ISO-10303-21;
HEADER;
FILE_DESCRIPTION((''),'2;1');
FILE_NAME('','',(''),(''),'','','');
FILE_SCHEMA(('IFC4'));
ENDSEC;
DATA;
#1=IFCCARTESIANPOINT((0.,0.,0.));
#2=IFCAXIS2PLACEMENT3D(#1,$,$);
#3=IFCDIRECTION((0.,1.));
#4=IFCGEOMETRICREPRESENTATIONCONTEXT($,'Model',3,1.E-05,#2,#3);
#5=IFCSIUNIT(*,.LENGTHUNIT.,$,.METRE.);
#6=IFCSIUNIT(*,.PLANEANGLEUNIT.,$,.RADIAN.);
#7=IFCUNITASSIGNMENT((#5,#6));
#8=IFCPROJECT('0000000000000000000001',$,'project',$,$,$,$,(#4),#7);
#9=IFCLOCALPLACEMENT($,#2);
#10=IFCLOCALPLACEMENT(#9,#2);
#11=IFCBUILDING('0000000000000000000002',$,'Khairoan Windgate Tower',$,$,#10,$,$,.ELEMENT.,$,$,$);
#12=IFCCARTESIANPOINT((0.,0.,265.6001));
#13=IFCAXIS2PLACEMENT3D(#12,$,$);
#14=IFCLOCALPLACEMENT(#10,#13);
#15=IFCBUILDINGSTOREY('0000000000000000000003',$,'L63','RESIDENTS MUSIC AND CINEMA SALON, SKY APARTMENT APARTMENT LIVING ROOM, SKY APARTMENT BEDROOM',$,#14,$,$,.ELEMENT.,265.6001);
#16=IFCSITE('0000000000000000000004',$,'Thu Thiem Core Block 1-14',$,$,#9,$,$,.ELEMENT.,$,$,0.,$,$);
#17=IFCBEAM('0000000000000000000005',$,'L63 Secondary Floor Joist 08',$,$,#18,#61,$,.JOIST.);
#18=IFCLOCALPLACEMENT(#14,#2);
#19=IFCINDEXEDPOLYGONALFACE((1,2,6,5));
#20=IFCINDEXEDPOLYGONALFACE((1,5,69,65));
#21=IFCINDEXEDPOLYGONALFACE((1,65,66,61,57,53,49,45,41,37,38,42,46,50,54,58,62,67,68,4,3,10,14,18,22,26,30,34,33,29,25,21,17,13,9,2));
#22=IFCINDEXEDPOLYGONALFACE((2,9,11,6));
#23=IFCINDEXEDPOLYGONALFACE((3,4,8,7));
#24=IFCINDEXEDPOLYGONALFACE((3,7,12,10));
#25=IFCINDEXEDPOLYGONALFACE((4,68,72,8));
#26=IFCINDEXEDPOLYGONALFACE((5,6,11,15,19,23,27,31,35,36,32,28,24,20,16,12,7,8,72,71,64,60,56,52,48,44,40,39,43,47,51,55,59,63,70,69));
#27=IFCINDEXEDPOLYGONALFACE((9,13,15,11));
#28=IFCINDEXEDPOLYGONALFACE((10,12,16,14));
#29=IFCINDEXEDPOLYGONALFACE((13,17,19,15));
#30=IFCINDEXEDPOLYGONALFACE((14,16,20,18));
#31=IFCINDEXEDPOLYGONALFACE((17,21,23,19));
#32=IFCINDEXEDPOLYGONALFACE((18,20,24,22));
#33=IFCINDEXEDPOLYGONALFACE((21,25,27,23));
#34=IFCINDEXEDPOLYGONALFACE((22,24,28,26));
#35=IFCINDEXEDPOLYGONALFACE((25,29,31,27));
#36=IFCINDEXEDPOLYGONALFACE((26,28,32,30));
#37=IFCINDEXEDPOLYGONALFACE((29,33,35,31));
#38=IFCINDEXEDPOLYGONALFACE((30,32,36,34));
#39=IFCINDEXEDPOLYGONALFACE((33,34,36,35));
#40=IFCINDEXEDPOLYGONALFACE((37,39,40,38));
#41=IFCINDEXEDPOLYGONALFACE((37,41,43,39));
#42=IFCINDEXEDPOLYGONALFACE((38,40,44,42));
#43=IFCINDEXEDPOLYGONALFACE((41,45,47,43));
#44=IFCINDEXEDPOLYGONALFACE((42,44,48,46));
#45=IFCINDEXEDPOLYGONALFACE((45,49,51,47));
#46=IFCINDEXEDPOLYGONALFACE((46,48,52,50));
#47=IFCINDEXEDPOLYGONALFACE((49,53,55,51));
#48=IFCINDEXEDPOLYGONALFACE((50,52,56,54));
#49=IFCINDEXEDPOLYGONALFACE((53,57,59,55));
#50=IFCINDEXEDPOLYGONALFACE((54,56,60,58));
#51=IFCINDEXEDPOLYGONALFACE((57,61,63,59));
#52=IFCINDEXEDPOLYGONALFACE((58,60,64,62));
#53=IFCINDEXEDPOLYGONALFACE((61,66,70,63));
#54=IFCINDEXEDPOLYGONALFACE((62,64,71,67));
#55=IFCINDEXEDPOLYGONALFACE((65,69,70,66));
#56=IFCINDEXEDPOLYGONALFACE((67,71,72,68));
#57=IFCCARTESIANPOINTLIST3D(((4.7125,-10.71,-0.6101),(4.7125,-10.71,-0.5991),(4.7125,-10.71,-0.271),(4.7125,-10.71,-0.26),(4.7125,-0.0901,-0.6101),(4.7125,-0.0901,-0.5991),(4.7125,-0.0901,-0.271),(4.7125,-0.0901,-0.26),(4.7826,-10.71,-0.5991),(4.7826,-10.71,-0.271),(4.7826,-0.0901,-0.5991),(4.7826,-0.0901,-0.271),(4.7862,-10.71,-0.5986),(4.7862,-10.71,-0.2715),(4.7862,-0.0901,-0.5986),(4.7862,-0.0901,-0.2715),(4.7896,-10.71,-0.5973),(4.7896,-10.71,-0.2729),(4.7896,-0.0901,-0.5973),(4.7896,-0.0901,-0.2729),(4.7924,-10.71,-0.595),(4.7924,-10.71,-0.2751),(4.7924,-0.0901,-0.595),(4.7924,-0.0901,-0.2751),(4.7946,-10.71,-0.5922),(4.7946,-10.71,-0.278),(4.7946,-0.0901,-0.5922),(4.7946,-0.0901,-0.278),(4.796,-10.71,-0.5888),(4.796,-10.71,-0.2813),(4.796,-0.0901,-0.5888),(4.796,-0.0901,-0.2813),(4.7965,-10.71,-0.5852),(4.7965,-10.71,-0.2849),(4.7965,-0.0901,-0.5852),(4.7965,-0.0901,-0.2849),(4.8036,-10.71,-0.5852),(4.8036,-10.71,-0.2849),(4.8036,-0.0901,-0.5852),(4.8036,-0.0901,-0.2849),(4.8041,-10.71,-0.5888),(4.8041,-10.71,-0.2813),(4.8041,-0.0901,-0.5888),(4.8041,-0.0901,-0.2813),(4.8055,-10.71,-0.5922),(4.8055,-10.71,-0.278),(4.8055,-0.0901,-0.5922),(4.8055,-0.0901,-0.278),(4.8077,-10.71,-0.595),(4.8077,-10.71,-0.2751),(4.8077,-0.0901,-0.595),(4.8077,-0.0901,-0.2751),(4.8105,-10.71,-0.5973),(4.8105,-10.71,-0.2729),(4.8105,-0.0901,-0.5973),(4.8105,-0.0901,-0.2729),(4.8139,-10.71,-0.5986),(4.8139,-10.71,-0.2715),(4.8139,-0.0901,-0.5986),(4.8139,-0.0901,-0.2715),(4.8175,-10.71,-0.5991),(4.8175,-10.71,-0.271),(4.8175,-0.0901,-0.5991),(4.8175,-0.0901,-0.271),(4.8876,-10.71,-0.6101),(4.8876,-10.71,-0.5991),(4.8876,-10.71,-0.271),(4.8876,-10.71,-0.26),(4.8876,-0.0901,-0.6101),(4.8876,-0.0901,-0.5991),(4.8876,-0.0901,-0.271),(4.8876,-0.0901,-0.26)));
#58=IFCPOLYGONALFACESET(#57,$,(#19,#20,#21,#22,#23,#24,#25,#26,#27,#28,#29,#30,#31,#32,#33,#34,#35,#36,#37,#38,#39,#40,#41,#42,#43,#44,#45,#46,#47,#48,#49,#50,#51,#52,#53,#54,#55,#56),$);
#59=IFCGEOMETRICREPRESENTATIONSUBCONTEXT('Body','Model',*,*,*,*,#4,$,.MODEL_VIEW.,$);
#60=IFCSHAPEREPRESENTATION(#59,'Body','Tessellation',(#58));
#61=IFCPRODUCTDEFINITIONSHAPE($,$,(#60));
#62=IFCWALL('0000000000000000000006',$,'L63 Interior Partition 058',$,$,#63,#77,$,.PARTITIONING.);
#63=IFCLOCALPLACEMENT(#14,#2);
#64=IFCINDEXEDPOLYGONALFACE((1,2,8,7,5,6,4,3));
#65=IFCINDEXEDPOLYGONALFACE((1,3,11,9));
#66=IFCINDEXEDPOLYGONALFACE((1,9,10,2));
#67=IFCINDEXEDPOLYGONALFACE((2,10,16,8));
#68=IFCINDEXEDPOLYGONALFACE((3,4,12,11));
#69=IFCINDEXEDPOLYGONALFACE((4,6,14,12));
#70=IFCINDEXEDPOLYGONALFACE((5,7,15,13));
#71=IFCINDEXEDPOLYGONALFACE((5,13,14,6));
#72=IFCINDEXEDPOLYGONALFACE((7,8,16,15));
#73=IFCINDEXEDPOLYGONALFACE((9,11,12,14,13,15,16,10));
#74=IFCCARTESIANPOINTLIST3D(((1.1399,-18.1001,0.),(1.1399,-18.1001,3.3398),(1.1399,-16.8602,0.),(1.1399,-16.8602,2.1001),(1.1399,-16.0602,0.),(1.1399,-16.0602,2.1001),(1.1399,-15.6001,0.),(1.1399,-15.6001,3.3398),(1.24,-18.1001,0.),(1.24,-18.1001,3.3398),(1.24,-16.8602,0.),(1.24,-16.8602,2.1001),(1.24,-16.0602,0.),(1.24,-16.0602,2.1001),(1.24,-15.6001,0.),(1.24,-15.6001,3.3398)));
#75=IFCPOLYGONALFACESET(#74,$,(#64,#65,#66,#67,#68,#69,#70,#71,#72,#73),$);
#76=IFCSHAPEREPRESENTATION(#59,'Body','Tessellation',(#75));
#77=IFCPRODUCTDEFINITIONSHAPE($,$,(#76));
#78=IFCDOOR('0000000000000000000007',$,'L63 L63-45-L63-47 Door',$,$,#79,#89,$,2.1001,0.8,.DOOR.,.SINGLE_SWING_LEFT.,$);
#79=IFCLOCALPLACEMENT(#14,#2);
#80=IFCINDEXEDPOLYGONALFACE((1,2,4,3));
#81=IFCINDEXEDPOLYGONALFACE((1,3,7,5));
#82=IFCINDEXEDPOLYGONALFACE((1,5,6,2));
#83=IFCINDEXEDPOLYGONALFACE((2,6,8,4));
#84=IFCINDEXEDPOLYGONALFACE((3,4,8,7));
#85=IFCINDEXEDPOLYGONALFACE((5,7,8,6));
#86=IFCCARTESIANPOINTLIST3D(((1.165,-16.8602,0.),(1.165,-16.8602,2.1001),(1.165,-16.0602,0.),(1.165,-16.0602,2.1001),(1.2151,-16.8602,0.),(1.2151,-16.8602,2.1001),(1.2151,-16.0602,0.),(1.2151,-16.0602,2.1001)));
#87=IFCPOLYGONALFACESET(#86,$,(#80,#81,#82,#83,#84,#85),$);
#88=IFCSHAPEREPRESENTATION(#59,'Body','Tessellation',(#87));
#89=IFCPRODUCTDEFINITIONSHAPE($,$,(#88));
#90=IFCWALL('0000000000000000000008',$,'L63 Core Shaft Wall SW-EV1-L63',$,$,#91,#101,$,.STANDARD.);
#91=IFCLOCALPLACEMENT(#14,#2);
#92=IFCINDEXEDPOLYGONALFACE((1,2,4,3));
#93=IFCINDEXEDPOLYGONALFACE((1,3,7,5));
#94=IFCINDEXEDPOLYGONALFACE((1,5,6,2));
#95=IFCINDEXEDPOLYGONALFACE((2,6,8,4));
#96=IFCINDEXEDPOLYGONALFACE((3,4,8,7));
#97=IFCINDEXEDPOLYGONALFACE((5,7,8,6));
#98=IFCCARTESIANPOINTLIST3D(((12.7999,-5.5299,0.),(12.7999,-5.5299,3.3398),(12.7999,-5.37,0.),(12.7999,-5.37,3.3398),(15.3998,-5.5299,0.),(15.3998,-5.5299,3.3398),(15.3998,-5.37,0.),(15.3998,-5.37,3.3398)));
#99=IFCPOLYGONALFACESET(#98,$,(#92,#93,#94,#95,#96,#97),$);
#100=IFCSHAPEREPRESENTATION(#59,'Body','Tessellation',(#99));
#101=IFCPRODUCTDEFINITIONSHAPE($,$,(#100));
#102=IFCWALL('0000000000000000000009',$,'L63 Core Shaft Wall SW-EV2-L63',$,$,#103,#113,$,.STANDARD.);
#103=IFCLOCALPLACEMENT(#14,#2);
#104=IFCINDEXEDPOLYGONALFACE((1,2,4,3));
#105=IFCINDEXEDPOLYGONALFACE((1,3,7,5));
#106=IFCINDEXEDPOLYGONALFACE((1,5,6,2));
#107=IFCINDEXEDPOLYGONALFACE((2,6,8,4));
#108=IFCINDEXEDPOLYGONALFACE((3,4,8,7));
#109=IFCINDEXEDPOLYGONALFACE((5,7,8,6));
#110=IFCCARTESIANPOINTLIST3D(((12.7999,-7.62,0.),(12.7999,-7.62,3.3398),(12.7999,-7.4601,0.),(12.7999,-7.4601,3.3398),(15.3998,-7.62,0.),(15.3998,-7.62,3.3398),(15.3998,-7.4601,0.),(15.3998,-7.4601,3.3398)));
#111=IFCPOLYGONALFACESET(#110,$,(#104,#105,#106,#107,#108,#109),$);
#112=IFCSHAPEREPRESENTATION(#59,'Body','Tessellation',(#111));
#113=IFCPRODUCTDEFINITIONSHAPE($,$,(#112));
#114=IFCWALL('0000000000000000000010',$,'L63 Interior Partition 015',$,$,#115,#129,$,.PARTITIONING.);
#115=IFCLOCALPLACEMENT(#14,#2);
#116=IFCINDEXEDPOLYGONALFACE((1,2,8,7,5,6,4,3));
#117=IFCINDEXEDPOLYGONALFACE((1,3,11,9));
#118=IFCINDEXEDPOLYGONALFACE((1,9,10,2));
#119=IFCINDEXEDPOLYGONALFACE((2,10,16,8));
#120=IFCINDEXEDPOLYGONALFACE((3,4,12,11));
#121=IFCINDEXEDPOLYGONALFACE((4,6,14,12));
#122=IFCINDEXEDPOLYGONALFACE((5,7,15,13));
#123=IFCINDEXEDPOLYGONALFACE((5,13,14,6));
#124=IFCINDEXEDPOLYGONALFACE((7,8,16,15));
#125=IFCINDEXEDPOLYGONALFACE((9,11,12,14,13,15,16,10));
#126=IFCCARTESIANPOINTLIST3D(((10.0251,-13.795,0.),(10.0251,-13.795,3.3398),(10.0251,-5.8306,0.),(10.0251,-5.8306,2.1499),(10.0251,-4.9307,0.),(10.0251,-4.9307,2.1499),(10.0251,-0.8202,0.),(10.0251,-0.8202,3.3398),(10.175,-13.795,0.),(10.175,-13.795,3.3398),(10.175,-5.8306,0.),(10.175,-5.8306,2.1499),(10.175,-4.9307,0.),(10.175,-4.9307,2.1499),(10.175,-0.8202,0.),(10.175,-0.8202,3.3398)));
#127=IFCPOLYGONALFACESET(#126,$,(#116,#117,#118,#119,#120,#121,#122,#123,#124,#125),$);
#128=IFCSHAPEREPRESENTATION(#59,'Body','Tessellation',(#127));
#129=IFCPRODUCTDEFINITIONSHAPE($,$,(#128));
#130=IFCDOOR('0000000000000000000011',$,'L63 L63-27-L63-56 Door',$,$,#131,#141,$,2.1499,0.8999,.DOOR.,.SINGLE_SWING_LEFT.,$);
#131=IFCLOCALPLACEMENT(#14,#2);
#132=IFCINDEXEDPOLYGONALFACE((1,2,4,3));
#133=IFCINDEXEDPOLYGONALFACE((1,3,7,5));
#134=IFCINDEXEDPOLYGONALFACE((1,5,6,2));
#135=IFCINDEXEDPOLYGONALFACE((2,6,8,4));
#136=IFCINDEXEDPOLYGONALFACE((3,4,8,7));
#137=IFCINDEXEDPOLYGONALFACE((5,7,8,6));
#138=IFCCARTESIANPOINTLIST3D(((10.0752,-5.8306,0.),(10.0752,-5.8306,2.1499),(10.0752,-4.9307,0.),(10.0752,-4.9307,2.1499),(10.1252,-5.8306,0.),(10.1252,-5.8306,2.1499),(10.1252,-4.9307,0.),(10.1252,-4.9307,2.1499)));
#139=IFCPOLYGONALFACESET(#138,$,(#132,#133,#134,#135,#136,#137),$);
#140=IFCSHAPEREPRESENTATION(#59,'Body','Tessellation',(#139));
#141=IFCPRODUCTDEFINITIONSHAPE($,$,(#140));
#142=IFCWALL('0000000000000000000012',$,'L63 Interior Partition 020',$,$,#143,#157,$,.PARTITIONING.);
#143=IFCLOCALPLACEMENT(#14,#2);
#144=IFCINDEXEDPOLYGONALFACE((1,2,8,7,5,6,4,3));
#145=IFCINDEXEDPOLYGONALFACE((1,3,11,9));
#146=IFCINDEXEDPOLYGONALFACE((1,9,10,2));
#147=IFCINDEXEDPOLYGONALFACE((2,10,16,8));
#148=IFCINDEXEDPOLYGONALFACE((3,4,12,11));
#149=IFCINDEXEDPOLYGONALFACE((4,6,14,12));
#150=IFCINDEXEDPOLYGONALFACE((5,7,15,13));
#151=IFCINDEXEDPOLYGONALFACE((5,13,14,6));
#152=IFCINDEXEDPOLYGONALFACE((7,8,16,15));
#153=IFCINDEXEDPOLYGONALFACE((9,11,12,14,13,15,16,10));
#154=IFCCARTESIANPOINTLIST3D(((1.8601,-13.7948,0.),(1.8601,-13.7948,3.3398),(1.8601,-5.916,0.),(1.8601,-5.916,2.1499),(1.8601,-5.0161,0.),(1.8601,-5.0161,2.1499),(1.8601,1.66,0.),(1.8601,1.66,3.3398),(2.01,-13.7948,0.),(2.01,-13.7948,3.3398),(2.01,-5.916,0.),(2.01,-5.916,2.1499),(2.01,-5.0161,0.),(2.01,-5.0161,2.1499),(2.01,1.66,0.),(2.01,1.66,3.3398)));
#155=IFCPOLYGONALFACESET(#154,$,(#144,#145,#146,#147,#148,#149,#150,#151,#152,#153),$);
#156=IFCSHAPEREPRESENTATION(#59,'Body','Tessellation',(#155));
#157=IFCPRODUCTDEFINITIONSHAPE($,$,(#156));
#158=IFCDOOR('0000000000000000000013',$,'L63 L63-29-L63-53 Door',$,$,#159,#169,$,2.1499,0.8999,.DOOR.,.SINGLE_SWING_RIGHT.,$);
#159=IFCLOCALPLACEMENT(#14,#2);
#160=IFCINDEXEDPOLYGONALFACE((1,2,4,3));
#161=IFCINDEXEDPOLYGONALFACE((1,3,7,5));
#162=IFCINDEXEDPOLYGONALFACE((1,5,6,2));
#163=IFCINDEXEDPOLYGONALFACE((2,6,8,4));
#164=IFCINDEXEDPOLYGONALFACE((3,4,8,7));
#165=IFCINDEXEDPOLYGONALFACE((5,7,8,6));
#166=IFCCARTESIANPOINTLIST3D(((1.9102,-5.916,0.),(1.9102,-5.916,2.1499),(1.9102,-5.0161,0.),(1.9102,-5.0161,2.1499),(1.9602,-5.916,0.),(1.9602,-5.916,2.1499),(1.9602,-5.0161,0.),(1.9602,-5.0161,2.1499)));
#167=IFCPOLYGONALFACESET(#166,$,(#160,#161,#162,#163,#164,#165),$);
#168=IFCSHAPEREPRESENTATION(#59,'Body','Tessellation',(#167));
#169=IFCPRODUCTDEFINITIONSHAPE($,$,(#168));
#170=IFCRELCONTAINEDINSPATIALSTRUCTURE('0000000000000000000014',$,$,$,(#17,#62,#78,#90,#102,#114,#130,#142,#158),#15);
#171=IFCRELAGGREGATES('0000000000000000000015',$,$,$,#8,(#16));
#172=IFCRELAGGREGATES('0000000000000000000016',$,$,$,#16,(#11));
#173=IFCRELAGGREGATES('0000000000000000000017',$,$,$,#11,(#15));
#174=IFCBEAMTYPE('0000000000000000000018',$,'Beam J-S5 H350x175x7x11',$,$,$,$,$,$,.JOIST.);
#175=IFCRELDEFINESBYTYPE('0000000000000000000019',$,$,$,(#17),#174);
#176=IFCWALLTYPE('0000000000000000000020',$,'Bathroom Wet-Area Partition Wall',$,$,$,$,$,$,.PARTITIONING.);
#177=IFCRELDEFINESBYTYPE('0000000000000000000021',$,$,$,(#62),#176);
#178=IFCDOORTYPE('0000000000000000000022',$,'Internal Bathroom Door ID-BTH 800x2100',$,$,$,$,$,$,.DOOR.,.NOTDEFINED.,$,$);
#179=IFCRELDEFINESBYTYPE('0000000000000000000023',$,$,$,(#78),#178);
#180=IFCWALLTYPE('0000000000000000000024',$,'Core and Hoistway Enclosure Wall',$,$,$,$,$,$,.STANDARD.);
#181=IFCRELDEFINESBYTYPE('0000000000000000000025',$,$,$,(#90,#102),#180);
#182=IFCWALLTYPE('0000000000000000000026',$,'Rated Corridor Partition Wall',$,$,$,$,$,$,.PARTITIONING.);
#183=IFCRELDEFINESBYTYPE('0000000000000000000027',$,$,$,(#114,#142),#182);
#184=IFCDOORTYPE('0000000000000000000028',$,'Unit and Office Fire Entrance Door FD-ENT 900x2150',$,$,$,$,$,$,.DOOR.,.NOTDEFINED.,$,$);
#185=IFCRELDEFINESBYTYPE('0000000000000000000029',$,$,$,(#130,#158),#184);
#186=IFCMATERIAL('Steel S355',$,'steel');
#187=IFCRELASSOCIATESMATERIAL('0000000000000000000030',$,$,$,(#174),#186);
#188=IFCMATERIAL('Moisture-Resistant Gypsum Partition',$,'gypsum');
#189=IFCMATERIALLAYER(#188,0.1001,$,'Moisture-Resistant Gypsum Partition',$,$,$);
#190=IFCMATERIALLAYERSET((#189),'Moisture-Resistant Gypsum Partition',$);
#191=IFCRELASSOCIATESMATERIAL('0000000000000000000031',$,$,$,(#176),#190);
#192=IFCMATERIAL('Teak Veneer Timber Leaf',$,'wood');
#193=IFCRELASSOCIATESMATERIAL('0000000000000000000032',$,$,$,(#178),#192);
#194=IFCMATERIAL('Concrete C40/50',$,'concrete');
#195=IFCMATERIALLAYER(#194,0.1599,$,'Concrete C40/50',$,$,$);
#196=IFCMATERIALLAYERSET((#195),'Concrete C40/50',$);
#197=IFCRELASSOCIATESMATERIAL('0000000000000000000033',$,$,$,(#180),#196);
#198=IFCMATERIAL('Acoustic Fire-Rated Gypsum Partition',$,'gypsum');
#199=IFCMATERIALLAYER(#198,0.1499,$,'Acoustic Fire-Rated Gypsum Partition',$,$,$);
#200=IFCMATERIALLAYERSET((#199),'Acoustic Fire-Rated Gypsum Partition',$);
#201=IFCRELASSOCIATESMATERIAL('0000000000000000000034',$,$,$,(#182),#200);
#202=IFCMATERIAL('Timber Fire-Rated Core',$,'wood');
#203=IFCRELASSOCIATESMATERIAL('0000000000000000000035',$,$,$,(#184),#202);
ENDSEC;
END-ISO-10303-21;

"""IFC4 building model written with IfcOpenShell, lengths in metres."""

from ifc_helpers import new_model, si_unit, direction, frame, frame_2d, origin, origin_2d, place, context, subcontext, project, spatial, rectangle, i_section, extrude, material, layer, layer_set, material_profile, profile_set, type_object, element, fill, save


model = new_model("IFC4")

# Units and contexts
model_context = context("Model", 3, precision=1e-05, world=origin(), true_north=direction((0.0, 1.0)))
body_context = subcontext(model_context, "Body", "Model", "MODEL_VIEW")
ifc_project = project(units=[si_unit("LENGTHUNIT", "METRE"), si_unit("PLANEANGLEUNIT", "RADIAN")], contexts=[model_context])

# Site, building, storey
site_placement = place(None, origin())
site = spatial("IfcSite", under=ifc_project, at=site_placement, Name="Thu Thiem Core Block 1-14", CompositionType="ELEMENT", RefElevation=0.0)
building_placement = place(site_placement, origin())
building = spatial("IfcBuilding", under=site, at=building_placement, Name="Khairoan Windgate Tower", CompositionType="ELEMENT")
storey_placement = place(building_placement, frame((0.0, 0.0, 265.6001)))
storey = spatial("IfcBuildingStorey", under=building, at=storey_placement, Name="L63", Description="RESIDENTS MUSIC AND CINEMA SALON, SKY APARTMENT APARTMENT LIVING ROOM, SKY APARTMENT BEDROOM", CompositionType="ELEMENT", Elevation=265.6001)

# Beam
ifc_material_1 = material(Name="Steel S355", Category="steel")
ifc_material_profile_1 = material_profile(ifc_material_1, i_section(OverallWidth=0.175, OverallDepth=0.3501, WebThickness=0.0071, FlangeThickness=0.011, FilletRadius=0.0139, at=origin_2d()))
ifc_profile_set_1 = profile_set([ifc_material_profile_1], Name="Steel S355")
beam_type_1 = type_object("IfcBeamType", Name="Beam J-S5 H350x175x7x11", PredefinedType="JOIST", material=ifc_profile_set_1)
beam_1_placement = place(storey_placement, frame((4.8, -10.71, -0.4351), z_axis=(0.0, 1.0, 0.0), x_axis=(-1.0, 0.0, 0.0)))
element("IfcBeam", 1, at=beam_1_placement, inside=storey, type_object=beam_type_1, Name="L63 Secondary Floor Joist 08", PredefinedType="JOIST", context=body_context, shape_type="SweptSolid", body=[
    extrude(i_section(OverallWidth=0.175, OverallDepth=0.3501, WebThickness=0.0071, FlangeThickness=0.011, FilletRadius=0.0139, at=origin_2d()), origin(), (0.0, 0.0, 1.0), 10.6199),
])

# Wall, opening, door
ifc_material_2 = material(Name="Moisture-Resistant Gypsum Partition", Category="gypsum")
ifc_layer_1 = layer(ifc_material_2, 0.1001, Name="Moisture-Resistant Gypsum Partition")
ifc_layer_set_1 = layer_set([ifc_layer_1], Name="Moisture-Resistant Gypsum Partition")
wall_type_1 = type_object("IfcWallType", Name="Bathroom Wet-Area Partition Wall", PredefinedType="PARTITIONING", material=ifc_layer_set_1)
wall_1_placement = place(storey_placement, frame((1.1899, -18.1001, 0.0), z_axis=(0.0, 0.0, 1.0), x_axis=(0.0, 1.0, 0.0)))
wall_1 = element("IfcWall", 2, at=wall_1_placement, inside=storey, type_object=wall_type_1, Name="L63 Interior Partition 058", PredefinedType="PARTITIONING", context=body_context, shape_type="SweptSolid", body=[
    extrude(rectangle(XDim=2.5, YDim=0.1001, at=frame_2d((1.25, 0.0))), origin(), (0.0, 0.0, 1.0), 3.3398),
])
opening_1_placement = place(wall_1_placement, frame((1.24, 0.0, 0.0)))
opening_1 = element("IfcOpeningElement", 3, at=opening_1_placement, cuts=wall_1, PredefinedType="OPENING", context=body_context, shape_type="SweptSolid", body=[
    extrude(rectangle(XDim=0.8, YDim=2.1001, at=frame_2d((0.3999, 1.05))), frame((0.0, 0.0601, 0.0), z_axis=(0.0, -1.0, 0.0), x_axis=(1.0, 0.0, 0.0)), (0.0, 0.0, 1.0), 0.1201),
])
ifc_material_3 = material(Name="Teak Veneer Timber Leaf", Category="wood")
door_type_1 = type_object("IfcDoorType", Name="Internal Bathroom Door ID-BTH 800x2100", OperationType="NOTDEFINED", PredefinedType="DOOR", material=ifc_material_3)
door_1_placement = place(opening_1_placement, origin())
door_1 = element("IfcDoor", 4, at=door_1_placement, inside=storey, type_object=door_type_1, Name="L63 L63-45-L63-47 Door", OperationType="SINGLE_SWING_LEFT", OverallHeight=2.1001, OverallWidth=0.8, PredefinedType="DOOR", context=body_context, shape_type="SweptSolid", body=[
    extrude(rectangle(XDim=0.8, YDim=2.1001, at=frame_2d((0.3999, 1.05))), frame((0.0, 0.0249, 0.0), z_axis=(0.0, -1.0, 0.0), x_axis=(1.0, 0.0, 0.0)), (0.0, 0.0, 1.0), 0.05),
])
fill(opening_1, door_1)

# Walls
ifc_material_4 = material(Name="Concrete C40/50", Category="concrete")
ifc_layer_2 = layer(ifc_material_4, 0.1599, Name="Concrete C40/50")
ifc_layer_set_2 = layer_set([ifc_layer_2], Name="Concrete C40/50")
wall_type_2 = type_object("IfcWallType", Name="Core and Hoistway Enclosure Wall", PredefinedType="STANDARD", material=ifc_layer_set_2)
for number, where, z_axis, x_axis, name in (
    (5, (12.8, -5.45, 0.0), (0.0, 0.0, 1.0), (1.0, 0.0, 0.0), "L63 Core Shaft Wall SW-EV1-L63"),
    (6, (12.8, -7.54, 0.0), (0.0, 0.0, 1.0), (1.0, 0.0, 0.0), "L63 Core Shaft Wall SW-EV2-L63"),
):
    element("IfcWall", number, at=place(storey_placement, frame(where, z_axis=z_axis, x_axis=x_axis)), inside=storey, type_object=wall_type_2, Name=name, PredefinedType="STANDARD", context=body_context, shape_type="SweptSolid", body=[
        extrude(rectangle(XDim=2.5999, YDim=0.1599, at=frame_2d((1.2998, 0.0))), origin(), (0.0, 0.0, 1.0), 3.3398),
    ])

# Walls, openings, doors
ifc_material_5 = material(Name="Acoustic Fire-Rated Gypsum Partition", Category="gypsum")
ifc_layer_3 = layer(ifc_material_5, 0.1499, Name="Acoustic Fire-Rated Gypsum Partition")
ifc_layer_set_3 = layer_set([ifc_layer_3], Name="Acoustic Fire-Rated Gypsum Partition")
wall_type_3 = type_object("IfcWallType", Name="Rated Corridor Partition Wall", PredefinedType="PARTITIONING", material=ifc_layer_set_3)
wall_2_placement = place(storey_placement, frame((10.1001, -13.7949, 0.0), z_axis=(0.0, 0.0, 1.0), x_axis=(0.0, 1.0, 0.0)))
wall_2 = element("IfcWall", 7, at=wall_2_placement, inside=storey, type_object=wall_type_3, Name="L63 Interior Partition 015", PredefinedType="PARTITIONING", context=body_context, shape_type="SweptSolid", body=[
    extrude(rectangle(XDim=12.9749, YDim=0.1499, at=frame_2d((6.4873, 0.0))), origin(), (0.0, 0.0, 1.0), 3.3398),
])
opening_2_placement = place(wall_2_placement, frame((7.9644, 0.0, 0.0)))
opening_2 = element("IfcOpeningElement", 8, at=opening_2_placement, cuts=wall_2, PredefinedType="OPENING", context=body_context, shape_type="SweptSolid", body=[
    extrude(rectangle(XDim=0.8999, YDim=2.1499, at=frame_2d((0.45, 1.075))), frame((0.0, 0.085, 0.0), z_axis=(0.0, -1.0, 0.0), x_axis=(1.0, 0.0, 0.0)), (0.0, 0.0, 1.0), 0.1699),
])
ifc_material_6 = material(Name="Timber Fire-Rated Core", Category="wood")
door_type_2 = type_object("IfcDoorType", Name="Unit and Office Fire Entrance Door FD-ENT 900x2150", OperationType="NOTDEFINED", PredefinedType="DOOR", material=ifc_material_6)
door_2_placement = place(opening_2_placement, origin())
door_2 = element("IfcDoor", 9, at=door_2_placement, inside=storey, type_object=door_type_2, Name="L63 L63-27-L63-56 Door", OperationType="SINGLE_SWING_LEFT", OverallHeight=2.1499, OverallWidth=0.8999, PredefinedType="DOOR", context=body_context, shape_type="SweptSolid", body=[
    extrude(rectangle(XDim=0.8999, YDim=2.1499, at=frame_2d((0.45, 1.075))), frame((0.0, 0.0249, 0.0), z_axis=(0.0, -1.0, 0.0), x_axis=(1.0, 0.0, 0.0)), (0.0, 0.0, 1.0), 0.05),
])
fill(opening_2, door_2)
wall_3_placement = place(storey_placement, frame((1.9351, -13.7949, 0.0), z_axis=(0.0, 0.0, 1.0), x_axis=(0.0, 1.0, 0.0)))
wall_3 = element("IfcWall", 10, at=wall_3_placement, inside=storey, type_object=wall_type_3, Name="L63 Interior Partition 020", PredefinedType="PARTITIONING", context=body_context, shape_type="SweptSolid", body=[
    extrude(rectangle(XDim=15.4548, YDim=0.1499, at=frame_2d((7.7275, 0.0))), origin(), (0.0, 0.0, 1.0), 3.3398),
])
opening_3_placement = place(wall_3_placement, frame((7.8789, 0.0, 0.0)))
opening_3 = element("IfcOpeningElement", 11, at=opening_3_placement, cuts=wall_3, PredefinedType="OPENING", context=body_context, shape_type="SweptSolid", body=[
    extrude(rectangle(XDim=0.8999, YDim=2.1499, at=frame_2d((0.45, 1.075))), frame((0.0, 0.085, 0.0), z_axis=(0.0, -1.0, 0.0), x_axis=(1.0, 0.0, 0.0)), (0.0, 0.0, 1.0), 0.1699),
])
door_3_placement = place(opening_3_placement, origin())
door_3 = element("IfcDoor", 12, at=door_3_placement, inside=storey, type_object=door_type_2, Name="L63 L63-29-L63-53 Door", OperationType="SINGLE_SWING_RIGHT", OverallHeight=2.1499, OverallWidth=0.8999, PredefinedType="DOOR", context=body_context, shape_type="SweptSolid", body=[
    extrude(rectangle(XDim=0.8999, YDim=2.1499, at=frame_2d((0.45, 1.075))), frame((0.0, 0.0249, 0.0), z_axis=(0.0, -1.0, 0.0), x_axis=(1.0, 0.0, 0.0)), (0.0, 0.0, 1.0), 0.05),
])
fill(opening_3, door_3)

save(model, "model.ifc")
